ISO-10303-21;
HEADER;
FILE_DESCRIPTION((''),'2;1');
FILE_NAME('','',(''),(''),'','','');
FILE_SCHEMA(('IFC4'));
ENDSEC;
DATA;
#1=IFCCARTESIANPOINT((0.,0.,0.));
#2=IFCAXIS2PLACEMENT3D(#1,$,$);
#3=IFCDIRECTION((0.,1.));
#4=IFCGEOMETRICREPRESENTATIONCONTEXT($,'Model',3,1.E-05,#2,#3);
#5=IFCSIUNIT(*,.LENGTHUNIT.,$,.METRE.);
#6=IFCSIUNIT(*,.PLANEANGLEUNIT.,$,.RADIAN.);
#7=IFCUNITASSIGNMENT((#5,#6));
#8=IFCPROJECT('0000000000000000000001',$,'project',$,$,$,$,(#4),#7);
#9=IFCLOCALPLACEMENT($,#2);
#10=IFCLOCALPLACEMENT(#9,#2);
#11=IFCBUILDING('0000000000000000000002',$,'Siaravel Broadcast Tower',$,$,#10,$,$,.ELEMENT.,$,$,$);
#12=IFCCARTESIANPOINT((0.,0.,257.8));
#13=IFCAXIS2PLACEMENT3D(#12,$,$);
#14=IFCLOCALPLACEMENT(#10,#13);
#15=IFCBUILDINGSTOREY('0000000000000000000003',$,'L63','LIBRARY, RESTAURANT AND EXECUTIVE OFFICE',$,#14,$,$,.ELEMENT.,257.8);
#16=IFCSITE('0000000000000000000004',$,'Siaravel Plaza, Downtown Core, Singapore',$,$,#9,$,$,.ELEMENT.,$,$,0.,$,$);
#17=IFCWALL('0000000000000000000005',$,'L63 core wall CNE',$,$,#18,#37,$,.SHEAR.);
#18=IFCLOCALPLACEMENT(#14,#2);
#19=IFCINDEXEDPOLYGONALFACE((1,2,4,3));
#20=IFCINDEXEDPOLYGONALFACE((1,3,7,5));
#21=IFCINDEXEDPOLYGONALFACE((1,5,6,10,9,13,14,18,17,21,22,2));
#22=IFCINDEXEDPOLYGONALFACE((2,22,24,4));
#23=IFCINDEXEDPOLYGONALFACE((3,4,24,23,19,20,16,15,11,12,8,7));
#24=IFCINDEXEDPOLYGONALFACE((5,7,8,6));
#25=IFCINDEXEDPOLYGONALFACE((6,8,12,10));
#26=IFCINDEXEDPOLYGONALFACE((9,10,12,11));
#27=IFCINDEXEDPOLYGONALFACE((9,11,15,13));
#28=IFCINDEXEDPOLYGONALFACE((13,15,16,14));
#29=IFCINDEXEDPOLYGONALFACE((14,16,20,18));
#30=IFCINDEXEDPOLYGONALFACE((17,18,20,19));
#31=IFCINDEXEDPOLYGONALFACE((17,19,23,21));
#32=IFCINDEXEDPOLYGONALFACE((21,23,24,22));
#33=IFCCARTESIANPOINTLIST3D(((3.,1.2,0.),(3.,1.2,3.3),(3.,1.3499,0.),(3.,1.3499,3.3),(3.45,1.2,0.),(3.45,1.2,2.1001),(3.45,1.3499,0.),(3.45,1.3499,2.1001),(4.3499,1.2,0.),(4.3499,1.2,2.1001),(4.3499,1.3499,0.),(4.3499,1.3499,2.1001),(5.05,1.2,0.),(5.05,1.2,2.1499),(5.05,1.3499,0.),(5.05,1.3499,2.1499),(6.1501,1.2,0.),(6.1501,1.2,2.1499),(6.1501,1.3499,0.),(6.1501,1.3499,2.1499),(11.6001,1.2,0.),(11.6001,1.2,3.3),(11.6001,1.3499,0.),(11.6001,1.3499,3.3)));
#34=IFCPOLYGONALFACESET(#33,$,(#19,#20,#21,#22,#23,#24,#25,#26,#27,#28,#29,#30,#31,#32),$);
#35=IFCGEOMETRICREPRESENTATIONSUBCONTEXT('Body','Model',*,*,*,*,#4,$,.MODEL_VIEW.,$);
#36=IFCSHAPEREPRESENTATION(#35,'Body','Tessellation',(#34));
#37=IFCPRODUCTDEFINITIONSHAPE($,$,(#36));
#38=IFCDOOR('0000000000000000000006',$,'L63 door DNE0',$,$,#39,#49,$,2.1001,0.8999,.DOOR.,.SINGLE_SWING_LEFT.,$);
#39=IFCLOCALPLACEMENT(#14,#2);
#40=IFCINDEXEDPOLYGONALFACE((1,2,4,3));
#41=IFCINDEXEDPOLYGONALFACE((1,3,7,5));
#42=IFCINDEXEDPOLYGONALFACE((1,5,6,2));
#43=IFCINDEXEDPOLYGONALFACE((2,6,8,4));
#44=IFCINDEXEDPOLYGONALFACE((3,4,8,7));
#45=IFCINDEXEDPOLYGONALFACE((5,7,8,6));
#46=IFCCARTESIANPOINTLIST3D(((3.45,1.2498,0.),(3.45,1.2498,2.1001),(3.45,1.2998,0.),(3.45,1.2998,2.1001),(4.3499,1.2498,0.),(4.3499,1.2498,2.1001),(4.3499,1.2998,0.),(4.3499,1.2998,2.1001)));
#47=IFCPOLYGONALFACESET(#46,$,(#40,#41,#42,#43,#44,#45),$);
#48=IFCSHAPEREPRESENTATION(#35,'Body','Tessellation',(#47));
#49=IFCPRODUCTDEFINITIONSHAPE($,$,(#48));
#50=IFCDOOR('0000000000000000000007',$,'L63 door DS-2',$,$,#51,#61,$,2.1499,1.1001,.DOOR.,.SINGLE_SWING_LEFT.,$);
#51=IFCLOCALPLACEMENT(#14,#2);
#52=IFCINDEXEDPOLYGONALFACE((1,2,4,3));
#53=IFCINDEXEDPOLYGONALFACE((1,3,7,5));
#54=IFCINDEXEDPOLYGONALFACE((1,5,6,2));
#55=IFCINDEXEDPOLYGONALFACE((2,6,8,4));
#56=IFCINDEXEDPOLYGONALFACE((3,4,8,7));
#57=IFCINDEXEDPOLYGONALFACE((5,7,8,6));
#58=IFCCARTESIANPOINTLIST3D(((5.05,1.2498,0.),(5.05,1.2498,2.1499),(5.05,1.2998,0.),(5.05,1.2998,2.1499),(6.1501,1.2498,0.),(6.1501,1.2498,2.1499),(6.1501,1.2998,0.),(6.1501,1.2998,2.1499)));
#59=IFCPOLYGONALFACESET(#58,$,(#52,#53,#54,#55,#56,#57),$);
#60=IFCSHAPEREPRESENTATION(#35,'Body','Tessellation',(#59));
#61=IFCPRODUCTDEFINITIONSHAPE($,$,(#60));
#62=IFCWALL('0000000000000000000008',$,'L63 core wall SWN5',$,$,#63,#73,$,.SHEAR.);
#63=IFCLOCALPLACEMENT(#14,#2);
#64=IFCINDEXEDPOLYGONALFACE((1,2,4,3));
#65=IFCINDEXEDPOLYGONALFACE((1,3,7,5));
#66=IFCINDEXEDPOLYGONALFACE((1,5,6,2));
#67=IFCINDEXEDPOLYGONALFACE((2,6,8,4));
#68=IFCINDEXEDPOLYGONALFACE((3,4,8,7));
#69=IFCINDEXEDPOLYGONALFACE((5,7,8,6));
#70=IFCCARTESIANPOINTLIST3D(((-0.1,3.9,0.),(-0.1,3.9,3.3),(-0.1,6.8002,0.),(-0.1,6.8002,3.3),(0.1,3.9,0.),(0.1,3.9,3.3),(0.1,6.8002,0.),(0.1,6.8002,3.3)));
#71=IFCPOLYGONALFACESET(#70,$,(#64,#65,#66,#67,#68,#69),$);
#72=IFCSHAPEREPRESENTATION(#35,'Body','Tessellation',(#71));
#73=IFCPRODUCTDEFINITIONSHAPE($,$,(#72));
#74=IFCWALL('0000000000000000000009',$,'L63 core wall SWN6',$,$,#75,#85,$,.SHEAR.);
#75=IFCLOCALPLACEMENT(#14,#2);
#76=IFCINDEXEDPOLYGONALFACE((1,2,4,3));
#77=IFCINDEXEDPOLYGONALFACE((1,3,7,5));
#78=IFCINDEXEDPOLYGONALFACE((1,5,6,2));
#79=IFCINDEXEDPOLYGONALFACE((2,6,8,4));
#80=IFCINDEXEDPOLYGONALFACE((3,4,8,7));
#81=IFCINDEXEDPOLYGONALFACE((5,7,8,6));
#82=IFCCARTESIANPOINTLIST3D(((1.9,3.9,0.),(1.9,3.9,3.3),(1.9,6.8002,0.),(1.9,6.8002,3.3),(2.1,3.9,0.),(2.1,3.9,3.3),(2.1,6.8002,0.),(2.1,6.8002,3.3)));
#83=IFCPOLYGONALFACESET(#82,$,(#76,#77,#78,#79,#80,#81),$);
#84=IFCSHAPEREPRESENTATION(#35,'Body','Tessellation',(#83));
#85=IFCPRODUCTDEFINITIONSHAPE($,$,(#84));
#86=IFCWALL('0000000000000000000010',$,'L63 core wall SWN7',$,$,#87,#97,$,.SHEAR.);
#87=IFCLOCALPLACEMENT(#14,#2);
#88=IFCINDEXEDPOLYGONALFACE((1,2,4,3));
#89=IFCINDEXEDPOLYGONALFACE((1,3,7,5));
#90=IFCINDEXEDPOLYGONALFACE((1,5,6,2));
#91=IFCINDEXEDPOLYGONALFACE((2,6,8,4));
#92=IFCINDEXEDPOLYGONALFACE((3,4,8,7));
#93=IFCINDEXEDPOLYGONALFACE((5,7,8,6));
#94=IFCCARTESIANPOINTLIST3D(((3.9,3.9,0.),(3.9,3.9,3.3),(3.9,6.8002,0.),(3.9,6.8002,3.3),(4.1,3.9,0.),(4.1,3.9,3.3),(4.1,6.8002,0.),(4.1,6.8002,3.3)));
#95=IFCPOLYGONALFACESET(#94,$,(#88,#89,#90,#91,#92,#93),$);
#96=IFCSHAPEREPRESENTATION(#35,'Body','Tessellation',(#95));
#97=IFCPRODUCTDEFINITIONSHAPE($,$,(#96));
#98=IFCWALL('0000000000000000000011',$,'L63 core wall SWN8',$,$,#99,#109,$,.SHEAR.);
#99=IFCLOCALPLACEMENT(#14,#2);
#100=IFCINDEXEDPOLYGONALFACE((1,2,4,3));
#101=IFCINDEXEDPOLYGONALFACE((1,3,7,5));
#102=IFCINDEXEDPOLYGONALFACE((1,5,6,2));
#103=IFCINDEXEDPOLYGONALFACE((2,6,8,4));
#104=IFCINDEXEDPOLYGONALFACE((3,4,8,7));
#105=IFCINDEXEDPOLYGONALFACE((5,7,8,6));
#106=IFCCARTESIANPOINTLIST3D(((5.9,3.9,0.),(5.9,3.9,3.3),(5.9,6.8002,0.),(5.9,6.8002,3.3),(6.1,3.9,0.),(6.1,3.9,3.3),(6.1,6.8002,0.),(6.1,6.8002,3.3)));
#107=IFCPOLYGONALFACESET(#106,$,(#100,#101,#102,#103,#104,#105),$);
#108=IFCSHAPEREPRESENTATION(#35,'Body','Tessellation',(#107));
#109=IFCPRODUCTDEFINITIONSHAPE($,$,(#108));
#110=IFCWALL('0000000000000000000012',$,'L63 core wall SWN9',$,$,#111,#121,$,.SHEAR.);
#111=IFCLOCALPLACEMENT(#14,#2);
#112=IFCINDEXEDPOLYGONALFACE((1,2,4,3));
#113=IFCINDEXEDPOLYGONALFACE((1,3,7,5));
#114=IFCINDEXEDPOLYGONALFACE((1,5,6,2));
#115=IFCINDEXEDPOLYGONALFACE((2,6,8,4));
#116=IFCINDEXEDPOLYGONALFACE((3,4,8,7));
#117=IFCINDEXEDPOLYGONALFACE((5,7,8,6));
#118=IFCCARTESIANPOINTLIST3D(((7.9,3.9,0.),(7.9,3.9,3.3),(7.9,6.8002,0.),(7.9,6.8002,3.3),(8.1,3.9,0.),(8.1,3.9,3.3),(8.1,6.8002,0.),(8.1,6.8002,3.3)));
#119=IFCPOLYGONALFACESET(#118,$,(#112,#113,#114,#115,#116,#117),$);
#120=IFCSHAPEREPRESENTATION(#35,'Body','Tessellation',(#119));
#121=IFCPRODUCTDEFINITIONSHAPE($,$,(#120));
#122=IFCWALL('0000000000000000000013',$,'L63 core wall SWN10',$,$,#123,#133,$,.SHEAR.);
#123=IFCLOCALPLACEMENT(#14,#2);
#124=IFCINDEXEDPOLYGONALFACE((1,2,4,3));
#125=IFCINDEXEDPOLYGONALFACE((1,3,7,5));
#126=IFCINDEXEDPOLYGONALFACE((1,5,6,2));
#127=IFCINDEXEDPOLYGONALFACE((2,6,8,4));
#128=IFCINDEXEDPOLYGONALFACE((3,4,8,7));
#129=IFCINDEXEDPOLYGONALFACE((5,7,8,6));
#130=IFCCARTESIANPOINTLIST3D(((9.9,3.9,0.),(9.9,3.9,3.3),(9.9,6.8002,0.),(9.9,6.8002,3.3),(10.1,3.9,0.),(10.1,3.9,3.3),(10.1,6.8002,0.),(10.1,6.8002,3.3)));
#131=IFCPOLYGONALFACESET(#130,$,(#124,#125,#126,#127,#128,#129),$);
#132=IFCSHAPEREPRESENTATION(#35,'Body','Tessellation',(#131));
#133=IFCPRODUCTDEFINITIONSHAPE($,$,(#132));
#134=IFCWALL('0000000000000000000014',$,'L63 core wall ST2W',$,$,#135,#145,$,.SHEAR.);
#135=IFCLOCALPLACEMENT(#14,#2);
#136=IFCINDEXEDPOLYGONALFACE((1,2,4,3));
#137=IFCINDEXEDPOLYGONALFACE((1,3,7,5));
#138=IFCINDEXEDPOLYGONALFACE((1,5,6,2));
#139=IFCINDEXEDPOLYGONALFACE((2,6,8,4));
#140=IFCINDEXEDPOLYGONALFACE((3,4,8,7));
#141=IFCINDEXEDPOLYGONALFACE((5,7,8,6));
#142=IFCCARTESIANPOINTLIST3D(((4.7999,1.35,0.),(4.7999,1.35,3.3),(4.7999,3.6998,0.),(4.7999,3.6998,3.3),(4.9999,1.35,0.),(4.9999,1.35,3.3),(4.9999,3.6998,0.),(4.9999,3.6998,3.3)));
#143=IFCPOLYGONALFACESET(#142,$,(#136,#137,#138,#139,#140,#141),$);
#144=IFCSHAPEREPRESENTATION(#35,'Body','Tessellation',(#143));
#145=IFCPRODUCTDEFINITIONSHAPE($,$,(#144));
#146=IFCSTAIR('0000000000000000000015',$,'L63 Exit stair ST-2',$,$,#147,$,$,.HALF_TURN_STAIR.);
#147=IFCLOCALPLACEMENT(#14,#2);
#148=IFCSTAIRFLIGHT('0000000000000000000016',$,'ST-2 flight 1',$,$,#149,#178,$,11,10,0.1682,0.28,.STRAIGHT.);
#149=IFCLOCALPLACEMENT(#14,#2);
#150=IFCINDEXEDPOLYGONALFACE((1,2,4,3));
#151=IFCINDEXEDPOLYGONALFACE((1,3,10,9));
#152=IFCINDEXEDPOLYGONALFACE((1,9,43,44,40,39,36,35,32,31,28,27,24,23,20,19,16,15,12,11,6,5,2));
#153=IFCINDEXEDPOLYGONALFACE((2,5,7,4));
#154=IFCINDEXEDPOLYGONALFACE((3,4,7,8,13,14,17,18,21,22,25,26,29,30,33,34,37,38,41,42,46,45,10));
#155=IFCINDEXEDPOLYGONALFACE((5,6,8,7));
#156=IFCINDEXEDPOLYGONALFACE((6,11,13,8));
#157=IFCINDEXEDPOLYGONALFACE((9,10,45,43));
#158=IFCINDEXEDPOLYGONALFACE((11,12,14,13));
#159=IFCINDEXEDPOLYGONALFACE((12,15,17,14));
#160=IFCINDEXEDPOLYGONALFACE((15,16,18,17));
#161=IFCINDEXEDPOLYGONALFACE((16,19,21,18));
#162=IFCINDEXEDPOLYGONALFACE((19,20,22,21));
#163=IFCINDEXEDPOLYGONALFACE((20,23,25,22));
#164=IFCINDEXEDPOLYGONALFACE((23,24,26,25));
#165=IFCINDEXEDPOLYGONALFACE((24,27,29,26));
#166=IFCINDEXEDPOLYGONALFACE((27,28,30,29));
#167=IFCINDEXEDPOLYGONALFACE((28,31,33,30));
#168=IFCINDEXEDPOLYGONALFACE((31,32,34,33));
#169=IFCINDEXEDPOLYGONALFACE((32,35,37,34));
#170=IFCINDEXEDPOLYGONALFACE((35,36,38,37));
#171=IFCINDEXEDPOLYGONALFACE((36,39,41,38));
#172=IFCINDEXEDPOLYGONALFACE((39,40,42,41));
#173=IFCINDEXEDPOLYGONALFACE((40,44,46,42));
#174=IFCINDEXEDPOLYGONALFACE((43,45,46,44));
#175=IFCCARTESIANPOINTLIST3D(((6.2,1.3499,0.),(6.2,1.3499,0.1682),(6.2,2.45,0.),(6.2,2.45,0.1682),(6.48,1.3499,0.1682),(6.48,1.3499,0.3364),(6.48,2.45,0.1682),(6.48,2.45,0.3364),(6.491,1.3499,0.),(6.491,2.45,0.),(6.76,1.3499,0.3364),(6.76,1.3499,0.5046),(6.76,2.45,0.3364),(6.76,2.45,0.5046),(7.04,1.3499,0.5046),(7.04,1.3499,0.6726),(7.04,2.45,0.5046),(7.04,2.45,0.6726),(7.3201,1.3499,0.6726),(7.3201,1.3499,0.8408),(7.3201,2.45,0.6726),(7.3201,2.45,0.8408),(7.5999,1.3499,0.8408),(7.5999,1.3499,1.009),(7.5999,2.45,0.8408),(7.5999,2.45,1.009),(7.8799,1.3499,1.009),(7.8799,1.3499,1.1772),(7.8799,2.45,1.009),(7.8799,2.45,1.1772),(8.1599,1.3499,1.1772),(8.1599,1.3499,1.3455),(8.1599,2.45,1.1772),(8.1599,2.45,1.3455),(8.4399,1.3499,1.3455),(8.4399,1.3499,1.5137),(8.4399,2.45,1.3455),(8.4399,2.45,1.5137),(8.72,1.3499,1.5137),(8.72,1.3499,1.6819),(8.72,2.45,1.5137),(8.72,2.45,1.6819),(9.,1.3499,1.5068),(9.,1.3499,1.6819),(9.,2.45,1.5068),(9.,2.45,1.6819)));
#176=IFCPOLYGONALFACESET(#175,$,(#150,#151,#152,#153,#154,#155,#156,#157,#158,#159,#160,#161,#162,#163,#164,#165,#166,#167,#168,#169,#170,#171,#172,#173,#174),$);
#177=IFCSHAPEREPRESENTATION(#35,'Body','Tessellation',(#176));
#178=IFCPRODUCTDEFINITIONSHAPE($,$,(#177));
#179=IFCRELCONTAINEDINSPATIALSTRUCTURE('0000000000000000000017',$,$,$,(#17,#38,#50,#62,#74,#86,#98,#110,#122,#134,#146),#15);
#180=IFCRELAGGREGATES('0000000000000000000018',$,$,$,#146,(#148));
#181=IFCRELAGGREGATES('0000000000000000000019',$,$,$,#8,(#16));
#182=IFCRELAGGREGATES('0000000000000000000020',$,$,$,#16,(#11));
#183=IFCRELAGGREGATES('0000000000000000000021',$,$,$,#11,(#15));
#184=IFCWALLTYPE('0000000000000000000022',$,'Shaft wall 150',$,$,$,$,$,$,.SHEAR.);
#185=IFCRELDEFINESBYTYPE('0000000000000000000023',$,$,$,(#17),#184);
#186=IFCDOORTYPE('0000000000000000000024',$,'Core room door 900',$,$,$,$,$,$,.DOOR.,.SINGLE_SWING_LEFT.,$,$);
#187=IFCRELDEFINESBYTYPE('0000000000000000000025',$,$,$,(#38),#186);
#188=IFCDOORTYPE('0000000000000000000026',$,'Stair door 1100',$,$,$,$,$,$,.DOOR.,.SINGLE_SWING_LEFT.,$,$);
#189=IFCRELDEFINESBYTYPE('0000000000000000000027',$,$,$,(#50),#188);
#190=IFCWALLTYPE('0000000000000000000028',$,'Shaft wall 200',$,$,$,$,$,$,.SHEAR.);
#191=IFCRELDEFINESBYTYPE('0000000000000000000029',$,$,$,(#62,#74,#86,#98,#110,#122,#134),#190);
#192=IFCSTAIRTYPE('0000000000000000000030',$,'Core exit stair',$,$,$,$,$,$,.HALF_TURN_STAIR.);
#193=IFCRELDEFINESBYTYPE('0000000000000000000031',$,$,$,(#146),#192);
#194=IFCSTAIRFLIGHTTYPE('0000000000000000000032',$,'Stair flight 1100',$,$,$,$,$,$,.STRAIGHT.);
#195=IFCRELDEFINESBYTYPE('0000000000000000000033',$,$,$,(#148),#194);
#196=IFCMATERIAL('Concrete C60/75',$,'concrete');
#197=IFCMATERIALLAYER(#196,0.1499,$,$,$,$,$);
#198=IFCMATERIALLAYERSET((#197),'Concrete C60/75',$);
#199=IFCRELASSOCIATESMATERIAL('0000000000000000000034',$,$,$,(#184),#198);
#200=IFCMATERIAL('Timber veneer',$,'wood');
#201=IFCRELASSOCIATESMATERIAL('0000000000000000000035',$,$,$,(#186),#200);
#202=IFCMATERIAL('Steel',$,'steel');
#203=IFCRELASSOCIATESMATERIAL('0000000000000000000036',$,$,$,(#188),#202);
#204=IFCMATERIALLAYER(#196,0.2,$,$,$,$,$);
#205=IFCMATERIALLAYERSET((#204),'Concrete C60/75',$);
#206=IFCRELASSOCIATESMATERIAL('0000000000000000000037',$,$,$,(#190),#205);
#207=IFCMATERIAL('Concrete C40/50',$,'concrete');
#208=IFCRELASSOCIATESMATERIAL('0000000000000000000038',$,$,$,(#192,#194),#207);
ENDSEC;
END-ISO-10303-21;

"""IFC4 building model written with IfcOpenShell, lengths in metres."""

from ifc_helpers import new_model, si_unit, direction, frame, frame_2d, origin, place, context, subcontext, project, spatial, polyline, rectangle, outline, extrude, material, layer, layer_set, type_object, element, fill, aggregate, save


model = new_model("IFC4")

# Units and contexts
model_context = context("Model", 3, precision=1e-05, world=origin(), true_north=direction((0.0, 1.0)))
body_context = subcontext(model_context, "Body", "Model", "MODEL_VIEW")
ifc_project = project(units=[si_unit("LENGTHUNIT", "METRE"), si_unit("PLANEANGLEUNIT", "RADIAN")], contexts=[model_context])

# Site, building, storey
site_placement = place(None, origin())
site = spatial("IfcSite", under=ifc_project, at=site_placement, Name="Siaravel Plaza, Downtown Core, Singapore", CompositionType="ELEMENT", RefElevation=0.0)
building_placement = place(site_placement, origin())
building = spatial("IfcBuilding", under=site, at=building_placement, Name="Siaravel Broadcast Tower", CompositionType="ELEMENT")
storey_placement = place(building_placement, frame((0.0, 0.0, 257.8)))
storey = spatial("IfcBuildingStorey", under=building, at=storey_placement, Name="L63", Description="LIBRARY, RESTAURANT AND EXECUTIVE OFFICE", CompositionType="ELEMENT", Elevation=257.8)

# Shared definitions
ifc_material_1 = material(Name="Steel", Category="steel")

# Wall, openings, doors
ifc_material_2 = material(Name="Concrete C60/75", Category="concrete")
ifc_layer_1 = layer(ifc_material_2, 0.1499)
ifc_layer_set_1 = layer_set([ifc_layer_1], Name="Concrete C60/75")
wall_type_1 = type_object("IfcWallType", Name="Shaft wall 150", PredefinedType="SHEAR", material=ifc_layer_set_1)
wall_1_placement = place(storey_placement, frame((3.0, 1.2749, 0.0), z_axis=(0.0, 0.0, 1.0), x_axis=(1.0, 0.0, 0.0)))
wall_1 = element("IfcWall", 1, at=wall_1_placement, inside=storey, type_object=wall_type_1, Name="L63 core wall CNE", PredefinedType="SHEAR", context=body_context, shape_type="SweptSolid", body=[
    extrude(rectangle(XDim=8.6001, YDim=0.1499, at=frame_2d((4.3, 0.0))), origin(), (0.0, 0.0, 1.0), 3.3),
])
opening_1_placement = place(wall_1_placement, frame((2.05, 0.0, 0.0)))
opening_1 = element("IfcOpeningElement", 2, at=opening_1_placement, cuts=wall_1, PredefinedType="OPENING", context=body_context, shape_type="SweptSolid", body=[
    extrude(rectangle(XDim=1.1001, YDim=2.1499, at=frame_2d((0.55, 1.075))), frame((0.0, 0.085, 0.0), z_axis=(0.0, -1.0, 0.0), x_axis=(1.0, 0.0, 0.0)), (0.0, 0.0, 1.0), 0.1699),
])
opening_2_placement = place(wall_1_placement, frame((0.45, 0.0, 0.0)))
opening_2 = element("IfcOpeningElement", 3, at=opening_2_placement, cuts=wall_1, PredefinedType="OPENING", context=body_context, shape_type="SweptSolid", body=[
    extrude(rectangle(XDim=0.8999, YDim=2.1001, at=frame_2d((0.45, 1.05))), frame((0.0, 0.085, 0.0), z_axis=(0.0, -1.0, 0.0), x_axis=(1.0, 0.0, 0.0)), (0.0, 0.0, 1.0), 0.1699),
])
ifc_material_3 = material(Name="Timber veneer", Category="wood")
door_type_1 = type_object("IfcDoorType", Name="Core room door 900", OperationType="SINGLE_SWING_LEFT", PredefinedType="DOOR", material=ifc_material_3)
door_1_placement = place(opening_2_placement, origin())
door_1 = element("IfcDoor", 4, at=door_1_placement, inside=storey, type_object=door_type_1, Name="L63 door DNE0", OperationType="SINGLE_SWING_LEFT", OverallHeight=2.1001, OverallWidth=0.8999, PredefinedType="DOOR", context=body_context, shape_type="SweptSolid", body=[
    extrude(rectangle(XDim=0.8999, YDim=2.1001, at=frame_2d((0.45, 1.05))), frame((0.0, 0.0249, 0.0), z_axis=(0.0, -1.0, 0.0), x_axis=(1.0, 0.0, 0.0)), (0.0, 0.0, 1.0), 0.05),
])
fill(opening_2, door_1)
door_type_2 = type_object("IfcDoorType", Name="Stair door 1100", OperationType="SINGLE_SWING_LEFT", PredefinedType="DOOR", material=ifc_material_1)
door_2_placement = place(opening_1_placement, origin())
door_2 = element("IfcDoor", 5, at=door_2_placement, inside=storey, type_object=door_type_2, Name="L63 door DS-2", OperationType="SINGLE_SWING_LEFT", OverallHeight=2.1499, OverallWidth=1.1001, PredefinedType="DOOR", context=body_context, shape_type="SweptSolid", body=[
    extrude(rectangle(XDim=1.1001, YDim=2.1499, at=frame_2d((0.55, 1.075))), frame((0.0, 0.0249, 0.0), z_axis=(0.0, -1.0, 0.0), x_axis=(1.0, 0.0, 0.0)), (0.0, 0.0, 1.0), 0.05),
])
fill(opening_1, door_2)

# Walls
ifc_layer_2 = layer(ifc_material_2, 0.2)
ifc_layer_set_2 = layer_set([ifc_layer_2], Name="Concrete C60/75")
wall_type_2 = type_object("IfcWallType", Name="Shaft wall 200", PredefinedType="SHEAR", material=ifc_layer_set_2)
for number, where, z_axis, x_axis, name in (
    (6, (0.0, 3.8999, 0.0), (0.0, 0.0, 1.0), (0.0, 1.0, 0.0), "L63 core wall SWN5"),
    (7, (2.0, 3.8999, 0.0), (0.0, 0.0, 1.0), (0.0, 1.0, 0.0), "L63 core wall SWN6"),
    (8, (4.0, 3.8999, 0.0), (0.0, 0.0, 1.0), (0.0, 1.0, 0.0), "L63 core wall SWN7"),
    (9, (6.0, 3.8999, 0.0), (0.0, 0.0, 1.0), (0.0, 1.0, 0.0), "L63 core wall SWN8"),
    (10, (8.0, 3.8999, 0.0), (0.0, 0.0, 1.0), (0.0, 1.0, 0.0), "L63 core wall SWN9"),
    (11, (10.0, 3.8999, 0.0), (0.0, 0.0, 1.0), (0.0, 1.0, 0.0), "L63 core wall SWN10"),
):
    element("IfcWall", number, at=place(storey_placement, frame(where, z_axis=z_axis, x_axis=x_axis)), inside=storey, type_object=wall_type_2, Name=name, PredefinedType="SHEAR", context=body_context, shape_type="SweptSolid", body=[
        extrude(rectangle(XDim=2.9001, YDim=0.2, at=frame_2d((1.4502, 0.0))), origin(), (0.0, 0.0, 1.0), 3.3),
    ])
wall_2_placement = place(storey_placement, frame((4.8999, 1.3501, 0.0), z_axis=(0.0, 0.0, 1.0), x_axis=(0.0, 1.0, 0.0)))
element("IfcWall", 12, at=wall_2_placement, inside=storey, type_object=wall_type_2, Name="L63 core wall ST2W", PredefinedType="SHEAR", context=body_context, shape_type="SweptSolid", body=[
    extrude(rectangle(XDim=2.3499, YDim=0.2, at=frame_2d((1.1748, 0.0))), origin(), (0.0, 0.0, 1.0), 3.3),
])

# Stair, stair flight
ifc_material_4 = material(Name="Concrete C40/50", Category="concrete")
stair_type = type_object("IfcStairType", Name="Core exit stair", PredefinedType="HALF_TURN_STAIR", material=ifc_material_4)
stair_placement = place(storey_placement, origin())
stair = element("IfcStair", 13, at=stair_placement, inside=storey, type_object=stair_type, Name="L63 Exit stair ST-2", PredefinedType="HALF_TURN_STAIR")
stair_flight_type = type_object("IfcStairFlightType", Name="Stair flight 1100", PredefinedType="STRAIGHT", material=ifc_material_4)
stair_flight_1_placement = place(storey_placement, frame((6.2, 1.8999, 0.0), z_axis=(0.0, 0.0, 1.0), x_axis=(1.0, 0.0, 0.0)))
stair_flight_1 = element("IfcStairFlight", 14, at=stair_flight_1_placement, type_object=stair_flight_type, Name="ST-2 flight 1", NumberOfRisers=11, NumberOfTreads=10, PredefinedType="STRAIGHT", RiserHeight=0.1682, TreadLength=0.28, context=body_context, shape_type="SweptSolid", body=[
    extrude(outline(polyline([(0.0, 0.0), (0.0, 0.1682), (0.28, 0.1682), (0.28, 0.3364), (0.5601, 0.3364), (0.5601, 0.5046), (0.8401, 0.5046), (0.8401, 0.6726), (1.1201, 0.6726), (1.1201, 0.8408), (1.3999, 0.8408), (1.3999, 1.009), (1.6799, 1.009), (1.6799, 1.1772), (1.96, 1.1772), (1.96, 1.3455), (2.24, 1.3455), (2.24, 1.5137), (2.52, 1.5137), (2.52, 1.6819), (2.8, 1.6819), (2.8, 1.8501), (2.8, 1.5068), (0.291, 0.0), (0.0, 0.0)])), frame((0.0, 0.55, 0.0), z_axis=(0.0, -1.0, 0.0), x_axis=(1.0, 0.0, 0.0)), (0.0, 0.0, 1.0), 1.1001),
])
aggregate(stair, [stair_flight_1])

save(model, "model.ifc")
